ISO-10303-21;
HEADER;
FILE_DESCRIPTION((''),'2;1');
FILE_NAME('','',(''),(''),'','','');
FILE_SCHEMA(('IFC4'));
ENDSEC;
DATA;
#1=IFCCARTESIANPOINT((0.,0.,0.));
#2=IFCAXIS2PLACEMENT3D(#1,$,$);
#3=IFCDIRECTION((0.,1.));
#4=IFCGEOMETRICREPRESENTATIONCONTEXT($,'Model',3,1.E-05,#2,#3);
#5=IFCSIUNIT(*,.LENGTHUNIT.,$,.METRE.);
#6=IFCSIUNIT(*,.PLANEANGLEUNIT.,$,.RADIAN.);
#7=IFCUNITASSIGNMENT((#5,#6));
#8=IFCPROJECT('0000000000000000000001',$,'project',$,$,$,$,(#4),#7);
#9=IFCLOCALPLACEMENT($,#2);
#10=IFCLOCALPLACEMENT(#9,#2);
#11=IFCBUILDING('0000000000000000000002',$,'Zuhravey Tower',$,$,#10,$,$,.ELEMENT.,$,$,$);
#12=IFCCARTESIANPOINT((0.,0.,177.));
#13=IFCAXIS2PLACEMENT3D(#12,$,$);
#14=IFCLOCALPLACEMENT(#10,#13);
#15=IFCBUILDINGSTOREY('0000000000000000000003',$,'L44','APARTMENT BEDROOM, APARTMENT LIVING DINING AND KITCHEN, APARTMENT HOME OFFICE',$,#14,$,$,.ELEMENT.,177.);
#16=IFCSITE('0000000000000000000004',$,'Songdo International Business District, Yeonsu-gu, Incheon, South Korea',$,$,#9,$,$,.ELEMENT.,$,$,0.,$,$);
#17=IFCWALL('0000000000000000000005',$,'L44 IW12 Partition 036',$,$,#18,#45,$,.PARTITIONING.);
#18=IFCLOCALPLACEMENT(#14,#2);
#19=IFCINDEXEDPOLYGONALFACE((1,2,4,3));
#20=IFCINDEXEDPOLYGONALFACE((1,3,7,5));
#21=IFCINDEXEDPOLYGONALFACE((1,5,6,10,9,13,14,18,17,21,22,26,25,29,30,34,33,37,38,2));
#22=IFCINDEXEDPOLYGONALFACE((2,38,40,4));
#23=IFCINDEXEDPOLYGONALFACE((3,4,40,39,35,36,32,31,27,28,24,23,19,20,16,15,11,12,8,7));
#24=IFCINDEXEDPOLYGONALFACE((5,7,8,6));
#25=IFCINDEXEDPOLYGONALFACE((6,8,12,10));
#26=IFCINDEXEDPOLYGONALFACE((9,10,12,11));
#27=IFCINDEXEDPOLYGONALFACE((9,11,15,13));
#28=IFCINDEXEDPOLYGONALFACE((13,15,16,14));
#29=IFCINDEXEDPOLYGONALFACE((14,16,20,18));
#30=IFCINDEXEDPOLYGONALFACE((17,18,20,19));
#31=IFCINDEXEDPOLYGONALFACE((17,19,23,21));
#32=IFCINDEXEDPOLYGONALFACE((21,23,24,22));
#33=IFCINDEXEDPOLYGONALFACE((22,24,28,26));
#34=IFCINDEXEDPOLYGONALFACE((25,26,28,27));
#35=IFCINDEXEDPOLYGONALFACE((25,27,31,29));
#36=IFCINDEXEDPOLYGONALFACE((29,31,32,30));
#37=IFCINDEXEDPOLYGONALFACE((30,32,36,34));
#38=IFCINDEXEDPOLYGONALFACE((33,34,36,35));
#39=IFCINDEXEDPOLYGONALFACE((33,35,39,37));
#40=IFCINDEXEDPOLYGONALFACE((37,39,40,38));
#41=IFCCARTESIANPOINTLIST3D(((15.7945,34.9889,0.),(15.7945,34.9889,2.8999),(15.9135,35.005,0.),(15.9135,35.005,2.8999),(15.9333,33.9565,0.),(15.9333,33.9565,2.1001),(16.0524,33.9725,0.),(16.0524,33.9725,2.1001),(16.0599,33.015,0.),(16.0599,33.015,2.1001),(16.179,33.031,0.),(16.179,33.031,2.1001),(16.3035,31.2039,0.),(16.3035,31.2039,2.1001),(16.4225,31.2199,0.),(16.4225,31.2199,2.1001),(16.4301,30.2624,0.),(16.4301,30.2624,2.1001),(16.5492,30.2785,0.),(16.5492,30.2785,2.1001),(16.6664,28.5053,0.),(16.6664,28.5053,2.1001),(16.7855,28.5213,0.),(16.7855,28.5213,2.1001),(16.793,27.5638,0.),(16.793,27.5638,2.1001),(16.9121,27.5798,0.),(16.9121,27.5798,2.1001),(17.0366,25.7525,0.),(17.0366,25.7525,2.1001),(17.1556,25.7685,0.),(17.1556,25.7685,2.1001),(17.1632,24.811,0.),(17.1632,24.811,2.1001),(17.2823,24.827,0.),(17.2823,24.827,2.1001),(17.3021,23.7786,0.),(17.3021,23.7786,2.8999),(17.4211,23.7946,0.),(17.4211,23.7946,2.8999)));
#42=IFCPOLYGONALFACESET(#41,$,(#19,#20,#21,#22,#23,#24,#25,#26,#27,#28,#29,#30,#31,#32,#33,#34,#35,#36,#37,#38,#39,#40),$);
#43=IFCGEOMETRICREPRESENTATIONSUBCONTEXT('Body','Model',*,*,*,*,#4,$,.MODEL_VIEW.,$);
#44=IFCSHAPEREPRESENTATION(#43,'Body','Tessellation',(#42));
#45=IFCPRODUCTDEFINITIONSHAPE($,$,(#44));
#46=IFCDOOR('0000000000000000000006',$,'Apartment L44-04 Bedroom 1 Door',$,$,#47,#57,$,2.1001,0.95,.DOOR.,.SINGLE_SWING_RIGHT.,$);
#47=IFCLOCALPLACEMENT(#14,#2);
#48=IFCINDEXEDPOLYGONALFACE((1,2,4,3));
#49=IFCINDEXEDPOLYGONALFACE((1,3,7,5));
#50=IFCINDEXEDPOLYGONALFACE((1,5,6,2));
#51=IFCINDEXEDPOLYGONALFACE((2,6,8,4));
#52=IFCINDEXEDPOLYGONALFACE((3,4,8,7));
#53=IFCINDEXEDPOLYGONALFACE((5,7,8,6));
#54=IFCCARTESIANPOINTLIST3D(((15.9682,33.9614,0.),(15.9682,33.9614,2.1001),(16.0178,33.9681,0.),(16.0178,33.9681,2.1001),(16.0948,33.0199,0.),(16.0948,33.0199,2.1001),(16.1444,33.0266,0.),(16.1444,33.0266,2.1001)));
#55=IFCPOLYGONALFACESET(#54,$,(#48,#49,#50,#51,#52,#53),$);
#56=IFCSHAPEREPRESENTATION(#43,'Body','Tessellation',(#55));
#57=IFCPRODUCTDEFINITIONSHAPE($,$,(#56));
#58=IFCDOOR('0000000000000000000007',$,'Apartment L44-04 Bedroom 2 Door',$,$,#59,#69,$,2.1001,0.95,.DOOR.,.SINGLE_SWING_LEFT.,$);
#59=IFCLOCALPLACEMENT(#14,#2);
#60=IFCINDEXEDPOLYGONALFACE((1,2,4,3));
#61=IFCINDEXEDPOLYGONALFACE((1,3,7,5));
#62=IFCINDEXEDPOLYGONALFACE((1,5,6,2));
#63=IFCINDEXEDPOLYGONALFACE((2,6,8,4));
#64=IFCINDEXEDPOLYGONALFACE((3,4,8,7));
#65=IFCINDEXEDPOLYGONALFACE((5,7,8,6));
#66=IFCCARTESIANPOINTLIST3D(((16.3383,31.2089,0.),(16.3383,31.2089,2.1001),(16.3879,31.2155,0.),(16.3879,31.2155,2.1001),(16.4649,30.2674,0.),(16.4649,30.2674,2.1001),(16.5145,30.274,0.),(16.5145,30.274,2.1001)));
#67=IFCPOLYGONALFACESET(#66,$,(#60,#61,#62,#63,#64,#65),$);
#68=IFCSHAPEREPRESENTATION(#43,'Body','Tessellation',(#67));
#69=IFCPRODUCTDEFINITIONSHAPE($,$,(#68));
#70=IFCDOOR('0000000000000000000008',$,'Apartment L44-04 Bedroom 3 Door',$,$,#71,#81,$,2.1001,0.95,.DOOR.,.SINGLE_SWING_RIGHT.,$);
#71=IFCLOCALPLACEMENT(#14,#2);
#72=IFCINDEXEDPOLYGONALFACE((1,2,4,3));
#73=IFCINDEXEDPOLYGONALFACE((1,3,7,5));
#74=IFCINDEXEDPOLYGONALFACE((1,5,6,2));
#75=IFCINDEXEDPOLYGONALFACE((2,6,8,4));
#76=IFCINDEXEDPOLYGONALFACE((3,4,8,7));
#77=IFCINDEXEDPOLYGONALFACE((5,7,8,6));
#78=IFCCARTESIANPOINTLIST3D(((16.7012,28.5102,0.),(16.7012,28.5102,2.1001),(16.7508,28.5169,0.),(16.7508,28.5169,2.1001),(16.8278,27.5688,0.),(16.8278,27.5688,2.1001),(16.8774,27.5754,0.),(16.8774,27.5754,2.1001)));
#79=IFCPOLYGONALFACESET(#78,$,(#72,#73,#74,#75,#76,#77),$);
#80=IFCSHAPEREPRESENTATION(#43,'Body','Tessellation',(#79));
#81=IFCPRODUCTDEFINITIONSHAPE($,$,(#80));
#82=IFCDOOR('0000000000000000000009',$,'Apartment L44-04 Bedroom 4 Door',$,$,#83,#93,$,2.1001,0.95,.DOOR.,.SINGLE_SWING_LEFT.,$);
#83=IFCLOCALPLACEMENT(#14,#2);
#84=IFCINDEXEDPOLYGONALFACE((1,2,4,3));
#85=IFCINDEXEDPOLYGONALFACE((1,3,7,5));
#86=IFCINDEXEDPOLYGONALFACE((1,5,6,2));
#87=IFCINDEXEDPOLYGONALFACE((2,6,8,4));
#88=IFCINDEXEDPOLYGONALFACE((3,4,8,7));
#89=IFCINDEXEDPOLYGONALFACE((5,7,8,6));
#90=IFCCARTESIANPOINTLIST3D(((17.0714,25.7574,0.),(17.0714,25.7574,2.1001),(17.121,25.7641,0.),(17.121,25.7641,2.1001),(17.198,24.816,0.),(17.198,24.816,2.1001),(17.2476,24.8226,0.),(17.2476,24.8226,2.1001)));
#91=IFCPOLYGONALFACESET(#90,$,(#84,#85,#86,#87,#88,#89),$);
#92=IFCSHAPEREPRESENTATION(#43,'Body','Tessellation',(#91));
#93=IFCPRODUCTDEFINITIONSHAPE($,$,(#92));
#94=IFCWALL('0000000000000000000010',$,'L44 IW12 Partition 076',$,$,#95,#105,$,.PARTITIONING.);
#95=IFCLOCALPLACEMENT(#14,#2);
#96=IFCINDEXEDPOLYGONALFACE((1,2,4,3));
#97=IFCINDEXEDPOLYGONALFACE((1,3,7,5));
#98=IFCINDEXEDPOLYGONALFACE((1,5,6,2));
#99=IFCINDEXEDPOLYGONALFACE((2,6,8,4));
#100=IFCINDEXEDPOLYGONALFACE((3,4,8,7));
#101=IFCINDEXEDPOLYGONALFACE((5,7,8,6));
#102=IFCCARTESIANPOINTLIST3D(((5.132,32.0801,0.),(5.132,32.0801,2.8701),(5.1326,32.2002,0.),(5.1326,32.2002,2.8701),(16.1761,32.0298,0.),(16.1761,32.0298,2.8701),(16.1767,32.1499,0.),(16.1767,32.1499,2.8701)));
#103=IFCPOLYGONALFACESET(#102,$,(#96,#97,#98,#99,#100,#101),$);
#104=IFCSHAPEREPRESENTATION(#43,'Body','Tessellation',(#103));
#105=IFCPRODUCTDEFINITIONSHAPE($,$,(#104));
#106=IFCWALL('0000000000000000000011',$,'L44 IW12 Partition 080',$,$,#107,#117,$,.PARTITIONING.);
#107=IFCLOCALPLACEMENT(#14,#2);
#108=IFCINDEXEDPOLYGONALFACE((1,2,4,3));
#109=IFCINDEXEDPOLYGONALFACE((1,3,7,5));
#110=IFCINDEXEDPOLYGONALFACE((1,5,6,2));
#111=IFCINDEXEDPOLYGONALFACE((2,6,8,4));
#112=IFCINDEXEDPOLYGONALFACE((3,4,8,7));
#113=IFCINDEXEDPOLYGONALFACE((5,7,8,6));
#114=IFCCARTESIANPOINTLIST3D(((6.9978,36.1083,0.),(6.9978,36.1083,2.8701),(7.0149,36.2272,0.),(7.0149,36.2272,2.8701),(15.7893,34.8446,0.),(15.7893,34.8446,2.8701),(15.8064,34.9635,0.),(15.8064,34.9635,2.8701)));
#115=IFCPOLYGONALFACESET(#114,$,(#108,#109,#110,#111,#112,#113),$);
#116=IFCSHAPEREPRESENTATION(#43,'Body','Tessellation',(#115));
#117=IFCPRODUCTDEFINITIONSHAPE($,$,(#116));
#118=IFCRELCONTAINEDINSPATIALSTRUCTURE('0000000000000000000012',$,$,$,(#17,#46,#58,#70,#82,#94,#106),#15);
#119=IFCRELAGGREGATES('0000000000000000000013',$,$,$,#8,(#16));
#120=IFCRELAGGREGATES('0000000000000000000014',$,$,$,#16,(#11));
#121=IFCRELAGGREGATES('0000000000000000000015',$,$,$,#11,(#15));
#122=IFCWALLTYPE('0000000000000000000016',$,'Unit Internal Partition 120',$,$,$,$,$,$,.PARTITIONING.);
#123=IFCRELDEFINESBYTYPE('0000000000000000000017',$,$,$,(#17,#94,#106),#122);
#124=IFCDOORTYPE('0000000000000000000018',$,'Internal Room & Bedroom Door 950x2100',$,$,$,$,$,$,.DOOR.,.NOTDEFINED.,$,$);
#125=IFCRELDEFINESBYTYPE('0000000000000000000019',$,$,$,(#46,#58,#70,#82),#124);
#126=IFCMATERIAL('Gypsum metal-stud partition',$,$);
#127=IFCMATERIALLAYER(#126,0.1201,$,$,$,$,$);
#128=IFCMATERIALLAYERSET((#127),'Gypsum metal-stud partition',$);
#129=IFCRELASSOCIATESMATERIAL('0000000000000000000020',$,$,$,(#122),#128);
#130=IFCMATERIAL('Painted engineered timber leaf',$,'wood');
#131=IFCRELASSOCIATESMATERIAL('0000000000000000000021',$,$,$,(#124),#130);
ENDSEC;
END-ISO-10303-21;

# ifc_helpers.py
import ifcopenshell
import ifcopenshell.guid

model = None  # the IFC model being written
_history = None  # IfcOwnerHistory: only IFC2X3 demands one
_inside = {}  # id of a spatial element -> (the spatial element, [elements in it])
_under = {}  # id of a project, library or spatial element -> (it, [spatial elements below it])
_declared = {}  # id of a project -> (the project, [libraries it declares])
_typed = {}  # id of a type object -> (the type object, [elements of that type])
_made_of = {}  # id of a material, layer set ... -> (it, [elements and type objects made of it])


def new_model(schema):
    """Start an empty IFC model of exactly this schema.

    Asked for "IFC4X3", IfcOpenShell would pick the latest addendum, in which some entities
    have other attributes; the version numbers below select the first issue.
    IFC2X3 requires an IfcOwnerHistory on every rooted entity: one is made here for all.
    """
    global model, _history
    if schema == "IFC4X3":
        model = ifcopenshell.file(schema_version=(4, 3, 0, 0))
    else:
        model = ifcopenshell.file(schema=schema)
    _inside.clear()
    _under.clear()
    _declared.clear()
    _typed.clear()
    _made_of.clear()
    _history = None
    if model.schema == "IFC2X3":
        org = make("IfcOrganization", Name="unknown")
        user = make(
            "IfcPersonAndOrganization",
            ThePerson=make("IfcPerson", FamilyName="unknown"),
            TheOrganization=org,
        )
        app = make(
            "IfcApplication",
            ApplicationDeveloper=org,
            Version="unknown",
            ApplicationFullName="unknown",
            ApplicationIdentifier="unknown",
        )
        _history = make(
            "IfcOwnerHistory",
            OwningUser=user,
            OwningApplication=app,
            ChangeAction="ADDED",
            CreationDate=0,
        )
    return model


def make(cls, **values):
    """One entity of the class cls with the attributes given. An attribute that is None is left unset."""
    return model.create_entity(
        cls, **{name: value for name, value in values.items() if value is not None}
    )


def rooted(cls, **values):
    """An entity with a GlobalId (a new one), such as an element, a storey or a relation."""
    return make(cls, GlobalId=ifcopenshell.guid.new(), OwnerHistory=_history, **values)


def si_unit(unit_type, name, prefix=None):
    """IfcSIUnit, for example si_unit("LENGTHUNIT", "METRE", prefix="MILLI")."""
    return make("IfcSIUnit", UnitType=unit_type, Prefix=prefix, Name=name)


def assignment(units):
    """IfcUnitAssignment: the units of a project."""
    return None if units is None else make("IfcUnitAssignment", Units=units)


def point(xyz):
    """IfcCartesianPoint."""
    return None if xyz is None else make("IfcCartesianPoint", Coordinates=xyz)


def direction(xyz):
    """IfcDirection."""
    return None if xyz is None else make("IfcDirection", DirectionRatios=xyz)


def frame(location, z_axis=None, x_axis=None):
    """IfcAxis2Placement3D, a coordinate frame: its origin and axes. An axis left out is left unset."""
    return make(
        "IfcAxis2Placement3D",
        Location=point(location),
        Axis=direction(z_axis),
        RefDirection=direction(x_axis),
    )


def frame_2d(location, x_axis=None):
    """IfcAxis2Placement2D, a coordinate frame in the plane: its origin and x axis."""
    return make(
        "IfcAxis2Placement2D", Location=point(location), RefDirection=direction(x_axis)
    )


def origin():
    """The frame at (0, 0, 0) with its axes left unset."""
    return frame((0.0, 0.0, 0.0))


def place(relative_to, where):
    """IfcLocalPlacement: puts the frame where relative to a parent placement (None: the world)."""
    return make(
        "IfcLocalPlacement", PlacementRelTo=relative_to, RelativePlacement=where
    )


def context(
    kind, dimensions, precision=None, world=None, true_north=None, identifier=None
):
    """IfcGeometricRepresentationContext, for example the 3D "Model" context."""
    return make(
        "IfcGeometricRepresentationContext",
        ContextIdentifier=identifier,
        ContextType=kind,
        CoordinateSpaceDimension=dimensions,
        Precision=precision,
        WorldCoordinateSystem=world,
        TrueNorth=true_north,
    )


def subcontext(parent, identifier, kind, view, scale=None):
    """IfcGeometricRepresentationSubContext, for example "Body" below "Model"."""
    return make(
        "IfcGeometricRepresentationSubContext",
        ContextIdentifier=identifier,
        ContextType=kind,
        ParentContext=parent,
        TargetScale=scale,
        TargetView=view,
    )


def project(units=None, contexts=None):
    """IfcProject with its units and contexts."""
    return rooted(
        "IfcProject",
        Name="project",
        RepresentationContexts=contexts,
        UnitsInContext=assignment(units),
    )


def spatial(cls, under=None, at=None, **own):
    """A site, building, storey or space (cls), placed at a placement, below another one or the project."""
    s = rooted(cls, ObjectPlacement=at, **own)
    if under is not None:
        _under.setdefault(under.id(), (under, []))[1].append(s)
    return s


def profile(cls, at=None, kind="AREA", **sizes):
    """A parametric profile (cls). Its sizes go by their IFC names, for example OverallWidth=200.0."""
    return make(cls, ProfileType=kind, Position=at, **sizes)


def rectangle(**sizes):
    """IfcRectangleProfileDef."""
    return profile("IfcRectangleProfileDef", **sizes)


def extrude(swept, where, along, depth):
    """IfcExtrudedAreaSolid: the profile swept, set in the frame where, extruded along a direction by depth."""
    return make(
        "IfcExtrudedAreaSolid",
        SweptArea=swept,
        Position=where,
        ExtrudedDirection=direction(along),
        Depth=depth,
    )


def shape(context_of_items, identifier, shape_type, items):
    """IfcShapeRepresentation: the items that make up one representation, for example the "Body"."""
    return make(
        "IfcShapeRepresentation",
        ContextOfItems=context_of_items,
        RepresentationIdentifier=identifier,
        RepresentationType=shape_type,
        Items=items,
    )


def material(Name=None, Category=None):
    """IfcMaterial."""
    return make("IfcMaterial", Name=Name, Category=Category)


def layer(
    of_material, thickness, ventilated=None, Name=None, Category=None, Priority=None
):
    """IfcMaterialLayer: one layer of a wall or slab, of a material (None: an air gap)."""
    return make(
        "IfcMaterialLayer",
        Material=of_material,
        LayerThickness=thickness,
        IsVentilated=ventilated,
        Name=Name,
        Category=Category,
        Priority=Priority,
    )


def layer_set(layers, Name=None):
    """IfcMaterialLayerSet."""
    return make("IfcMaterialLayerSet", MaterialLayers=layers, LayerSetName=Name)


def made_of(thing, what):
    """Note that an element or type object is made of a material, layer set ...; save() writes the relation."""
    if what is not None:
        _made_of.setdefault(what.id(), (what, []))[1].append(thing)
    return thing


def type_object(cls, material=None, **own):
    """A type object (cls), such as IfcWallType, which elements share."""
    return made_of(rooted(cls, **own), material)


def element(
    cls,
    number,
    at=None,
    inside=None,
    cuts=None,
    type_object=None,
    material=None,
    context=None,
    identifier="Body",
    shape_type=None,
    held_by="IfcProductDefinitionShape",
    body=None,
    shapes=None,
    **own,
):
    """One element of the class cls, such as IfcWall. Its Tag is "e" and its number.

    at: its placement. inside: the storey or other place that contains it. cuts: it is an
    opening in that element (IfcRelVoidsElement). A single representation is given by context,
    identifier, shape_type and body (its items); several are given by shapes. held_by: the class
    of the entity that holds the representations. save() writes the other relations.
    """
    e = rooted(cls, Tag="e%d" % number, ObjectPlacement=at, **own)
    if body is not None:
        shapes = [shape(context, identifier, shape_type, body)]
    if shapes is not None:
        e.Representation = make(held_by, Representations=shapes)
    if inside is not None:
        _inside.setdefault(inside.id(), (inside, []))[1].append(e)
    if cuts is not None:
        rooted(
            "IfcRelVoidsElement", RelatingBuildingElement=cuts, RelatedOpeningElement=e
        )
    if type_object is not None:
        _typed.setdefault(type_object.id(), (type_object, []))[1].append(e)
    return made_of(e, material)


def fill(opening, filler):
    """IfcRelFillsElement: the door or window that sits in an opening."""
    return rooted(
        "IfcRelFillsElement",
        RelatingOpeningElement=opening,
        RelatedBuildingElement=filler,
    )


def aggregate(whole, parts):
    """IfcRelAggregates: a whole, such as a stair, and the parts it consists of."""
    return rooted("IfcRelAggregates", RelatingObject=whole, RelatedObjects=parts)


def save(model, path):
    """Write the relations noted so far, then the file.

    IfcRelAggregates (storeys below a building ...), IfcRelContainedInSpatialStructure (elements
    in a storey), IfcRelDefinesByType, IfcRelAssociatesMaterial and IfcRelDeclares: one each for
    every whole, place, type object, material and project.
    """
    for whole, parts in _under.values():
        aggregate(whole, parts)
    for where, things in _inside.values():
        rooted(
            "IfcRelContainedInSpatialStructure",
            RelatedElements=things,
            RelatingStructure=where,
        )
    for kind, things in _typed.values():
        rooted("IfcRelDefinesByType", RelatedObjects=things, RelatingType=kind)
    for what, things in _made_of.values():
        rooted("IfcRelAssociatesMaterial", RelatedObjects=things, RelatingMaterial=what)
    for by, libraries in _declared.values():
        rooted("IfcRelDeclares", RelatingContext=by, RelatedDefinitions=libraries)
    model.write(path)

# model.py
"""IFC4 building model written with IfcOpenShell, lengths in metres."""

from ifc_helpers import new_model, si_unit, direction, frame, frame_2d, origin, place, context, subcontext, project, spatial, rectangle, extrude, material, layer, layer_set, type_object, element, fill, save


model = new_model("IFC4")

# Units and contexts
model_context = context("Model", 3, precision=1e-05, world=origin(), true_north=direction((0.0, 1.0)))
body_context = subcontext(model_context, "Body", "Model", "MODEL_VIEW")
ifc_project = project(units=[si_unit("LENGTHUNIT", "METRE"), si_unit("PLANEANGLEUNIT", "RADIAN")], contexts=[model_context])

# Site, building, storey
site_placement = place(None, origin())
site = spatial("IfcSite", under=ifc_project, at=site_placement, Name="Songdo International Business District, Yeonsu-gu, Incheon, South Korea", CompositionType="ELEMENT", RefElevation=0.0)
building_placement = place(site_placement, origin())
building = spatial("IfcBuilding", under=site, at=building_placement, Name="Zuhravey Tower", CompositionType="ELEMENT")
storey_placement = place(building_placement, frame((0.0, 0.0, 177.0)))
storey = spatial("IfcBuildingStorey", under=building, at=storey_placement, Name="L44", Description="APARTMENT BEDROOM, APARTMENT LIVING DINING AND KITCHEN, APARTMENT HOME OFFICE", CompositionType="ELEMENT", Elevation=177.0)

# Wall, openings, doors
ifc_material_1 = material(Name="Gypsum metal-stud partition")
ifc_layer_1 = layer(ifc_material_1, 0.1201)
ifc_layer_set_1 = layer_set([ifc_layer_1], Name="Gypsum metal-stud partition")
wall_type_1 = type_object("IfcWallType", Name="Unit Internal Partition 120", PredefinedType="PARTITIONING", material=ifc_layer_set_1)
ifc_material_2 = material(Name="Painted engineered timber leaf", Category="wood")
door_type_1 = type_object("IfcDoorType", Name="Internal Room & Bedroom Door 950x2100", OperationType="NOTDEFINED", PredefinedType="DOOR", material=ifc_material_2)
wall_1_placement = place(storey_placement, frame((15.854, 34.9971, 0.0), z_axis=(0.0, 0.0, 1.0), x_axis=(0.133279, -0.991079, 0.0)))
wall_1 = element("IfcWall", 1, at=wall_1_placement, inside=storey, type_object=wall_type_1, Name="L44 IW12 Partition 036", PredefinedType="PARTITIONING", context=body_context, shape_type="SweptSolid", body=[
    extrude(rectangle(XDim=11.3113, YDim=0.1201, at=frame_2d((5.6558, 0.0))), origin(), (0.0, 0.0, 1.0), 2.8999),
])
opening_1_placement = place(wall_1_placement, frame((1.0417, 0.0, 0.0)))
opening_1 = element("IfcOpeningElement", 2, at=opening_1_placement, cuts=wall_1, PredefinedType="OPENING", context=body_context, shape_type="SweptSolid", body=[
    extrude(rectangle(XDim=0.95, YDim=2.1001, at=frame_2d((0.4751, 1.05))), frame((0.0, 0.072, 0.0), z_axis=(0.0, -1.0, 0.0), x_axis=(1.0, 0.0, 0.0)), (0.0, 0.0, 1.0), 0.144),
])
opening_2_placement = place(wall_1_placement, frame((3.8191, 0.0, 0.0)))
opening_2 = element("IfcOpeningElement", 3, at=opening_2_placement, cuts=wall_1, PredefinedType="OPENING", context=body_context, shape_type="SweptSolid", body=[
    extrude(rectangle(XDim=0.95, YDim=2.1001, at=frame_2d((0.4751, 1.05))), frame((0.0, 0.072, 0.0), z_axis=(0.0, -1.0, 0.0), x_axis=(1.0, 0.0, 0.0)), (0.0, 0.0, 1.0), 0.144),
])
opening_3_placement = place(wall_1_placement, frame((6.542, 0.0, 0.0)))
opening_3 = element("IfcOpeningElement", 4, at=opening_3_placement, cuts=wall_1, PredefinedType="OPENING", context=body_context, shape_type="SweptSolid", body=[
    extrude(rectangle(XDim=0.95, YDim=2.1001, at=frame_2d((0.4751, 1.05))), frame((0.0, 0.072, 0.0), z_axis=(0.0, -1.0, 0.0), x_axis=(1.0, 0.0, 0.0)), (0.0, 0.0, 1.0), 0.144),
])
opening_4_placement = place(wall_1_placement, frame((9.3196, 0.0, 0.0)))
opening_4 = element("IfcOpeningElement", 5, at=opening_4_placement, cuts=wall_1, PredefinedType="OPENING", context=body_context, shape_type="SweptSolid", body=[
    extrude(rectangle(XDim=0.95, YDim=2.1001, at=frame_2d((0.4751, 1.05))), frame((0.0, 0.072, 0.0), z_axis=(0.0, -1.0, 0.0), x_axis=(1.0, 0.0, 0.0)), (0.0, 0.0, 1.0), 0.144),
])
door_1_placement = place(opening_1_placement, frame((0.95, 0.0, 0.0), z_axis=(0.0, 0.0, 1.0), x_axis=(-1.0, 0.0, 0.0)))
door_1 = element("IfcDoor", 6, at=door_1_placement, inside=storey, type_object=door_type_1, Name="Apartment L44-04 Bedroom 1 Door", OperationType="SINGLE_SWING_RIGHT", OverallHeight=2.1001, OverallWidth=0.95, PredefinedType="DOOR", context=body_context, shape_type="SweptSolid", body=[
    extrude(rectangle(XDim=0.95, YDim=2.1001, at=frame_2d((0.4751, 1.05))), frame((0.0, 0.0249, 0.0), z_axis=(0.0, -1.0, 0.0), x_axis=(1.0, 0.0, 0.0)), (0.0, 0.0, 1.0), 0.05),
])
fill(opening_1, door_1)
door_2_placement = place(opening_2_placement, frame((0.95, 0.0, 0.0), z_axis=(0.0, 0.0, 1.0), x_axis=(-1.0, 0.0, 0.0)))
door_2 = element("IfcDoor", 7, at=door_2_placement, inside=storey, type_object=door_type_1, Name="Apartment L44-04 Bedroom 2 Door", OperationType="SINGLE_SWING_LEFT", OverallHeight=2.1001, OverallWidth=0.95, PredefinedType="DOOR", context=body_context, shape_type="SweptSolid", body=[
    extrude(rectangle(XDim=0.95, YDim=2.1001, at=frame_2d((0.4751, 1.05))), frame((0.0, 0.0249, 0.0), z_axis=(0.0, -1.0, 0.0), x_axis=(1.0, 0.0, 0.0)), (0.0, 0.0, 1.0), 0.05),
])
fill(opening_2, door_2)
door_3_placement = place(opening_3_placement, frame((0.95, 0.0, 0.0), z_axis=(0.0, 0.0, 1.0), x_axis=(-1.0, 0.0, 0.0)))
door_3 = element("IfcDoor", 8, at=door_3_placement, inside=storey, type_object=door_type_1, Name="Apartment L44-04 Bedroom 3 Door", OperationType="SINGLE_SWING_RIGHT", OverallHeight=2.1001, OverallWidth=0.95, PredefinedType="DOOR", context=body_context, shape_type="SweptSolid", body=[
    extrude(rectangle(XDim=0.95, YDim=2.1001, at=frame_2d((0.4751, 1.05))), frame((0.0, 0.0249, 0.0), z_axis=(0.0, -1.0, 0.0), x_axis=(1.0, 0.0, 0.0)), (0.0, 0.0, 1.0), 0.05),
])
fill(opening_3, door_3)
door_4_placement = place(opening_4_placement, frame((0.95, 0.0, 0.0), z_axis=(0.0, 0.0, 1.0), x_axis=(-1.0, 0.0, 0.0)))
door_4 = element("IfcDoor", 9, at=door_4_placement, inside=storey, type_object=door_type_1, Name="Apartment L44-04 Bedroom 4 Door", OperationType="SINGLE_SWING_LEFT", OverallHeight=2.1001, OverallWidth=0.95, PredefinedType="DOOR", context=body_context, shape_type="SweptSolid", body=[
    extrude(rectangle(XDim=0.95, YDim=2.1001, at=frame_2d((0.4751, 1.05))), frame((0.0, 0.0249, 0.0), z_axis=(0.0, -1.0, 0.0), x_axis=(1.0, 0.0, 0.0)), (0.0, 0.0, 1.0), 0.05),
])
fill(opening_4, door_4)

# Walls
wall_2_placement = place(storey_placement, frame((16.1763, 32.0898, 0.0), z_axis=(0.0, 0.0, 1.0), x_axis=(-0.99999, 0.004554, 0.0)))
element("IfcWall", 10, at=wall_2_placement, inside=storey, type_object=wall_type_1, Name="L44 IW12 Partition 076", PredefinedType="PARTITIONING", context=body_context, shape_type="SweptSolid", body=[
    extrude(rectangle(XDim=11.0442, YDim=0.1201, at=frame_2d((5.522, 0.0))), origin(), (0.0, 0.0, 1.0), 2.8701),
])
wall_3_placement = place(storey_placement, frame((15.7979, 34.9041, 0.0), z_axis=(0.0, 0.0, 1.0), x_axis=(-0.989827, 0.142276, 0.0)))
element("IfcWall", 11, at=wall_3_placement, inside=storey, type_object=wall_type_1, Name="L44 IW12 Partition 080", PredefinedType="PARTITIONING", context=body_context, shape_type="SweptSolid", body=[
    extrude(rectangle(XDim=8.8818, YDim=0.1201, at=frame_2d((4.4409, 0.0))), origin(), (0.0, 0.0, 1.0), 2.8701),
])

save(model, "model.ifc")
